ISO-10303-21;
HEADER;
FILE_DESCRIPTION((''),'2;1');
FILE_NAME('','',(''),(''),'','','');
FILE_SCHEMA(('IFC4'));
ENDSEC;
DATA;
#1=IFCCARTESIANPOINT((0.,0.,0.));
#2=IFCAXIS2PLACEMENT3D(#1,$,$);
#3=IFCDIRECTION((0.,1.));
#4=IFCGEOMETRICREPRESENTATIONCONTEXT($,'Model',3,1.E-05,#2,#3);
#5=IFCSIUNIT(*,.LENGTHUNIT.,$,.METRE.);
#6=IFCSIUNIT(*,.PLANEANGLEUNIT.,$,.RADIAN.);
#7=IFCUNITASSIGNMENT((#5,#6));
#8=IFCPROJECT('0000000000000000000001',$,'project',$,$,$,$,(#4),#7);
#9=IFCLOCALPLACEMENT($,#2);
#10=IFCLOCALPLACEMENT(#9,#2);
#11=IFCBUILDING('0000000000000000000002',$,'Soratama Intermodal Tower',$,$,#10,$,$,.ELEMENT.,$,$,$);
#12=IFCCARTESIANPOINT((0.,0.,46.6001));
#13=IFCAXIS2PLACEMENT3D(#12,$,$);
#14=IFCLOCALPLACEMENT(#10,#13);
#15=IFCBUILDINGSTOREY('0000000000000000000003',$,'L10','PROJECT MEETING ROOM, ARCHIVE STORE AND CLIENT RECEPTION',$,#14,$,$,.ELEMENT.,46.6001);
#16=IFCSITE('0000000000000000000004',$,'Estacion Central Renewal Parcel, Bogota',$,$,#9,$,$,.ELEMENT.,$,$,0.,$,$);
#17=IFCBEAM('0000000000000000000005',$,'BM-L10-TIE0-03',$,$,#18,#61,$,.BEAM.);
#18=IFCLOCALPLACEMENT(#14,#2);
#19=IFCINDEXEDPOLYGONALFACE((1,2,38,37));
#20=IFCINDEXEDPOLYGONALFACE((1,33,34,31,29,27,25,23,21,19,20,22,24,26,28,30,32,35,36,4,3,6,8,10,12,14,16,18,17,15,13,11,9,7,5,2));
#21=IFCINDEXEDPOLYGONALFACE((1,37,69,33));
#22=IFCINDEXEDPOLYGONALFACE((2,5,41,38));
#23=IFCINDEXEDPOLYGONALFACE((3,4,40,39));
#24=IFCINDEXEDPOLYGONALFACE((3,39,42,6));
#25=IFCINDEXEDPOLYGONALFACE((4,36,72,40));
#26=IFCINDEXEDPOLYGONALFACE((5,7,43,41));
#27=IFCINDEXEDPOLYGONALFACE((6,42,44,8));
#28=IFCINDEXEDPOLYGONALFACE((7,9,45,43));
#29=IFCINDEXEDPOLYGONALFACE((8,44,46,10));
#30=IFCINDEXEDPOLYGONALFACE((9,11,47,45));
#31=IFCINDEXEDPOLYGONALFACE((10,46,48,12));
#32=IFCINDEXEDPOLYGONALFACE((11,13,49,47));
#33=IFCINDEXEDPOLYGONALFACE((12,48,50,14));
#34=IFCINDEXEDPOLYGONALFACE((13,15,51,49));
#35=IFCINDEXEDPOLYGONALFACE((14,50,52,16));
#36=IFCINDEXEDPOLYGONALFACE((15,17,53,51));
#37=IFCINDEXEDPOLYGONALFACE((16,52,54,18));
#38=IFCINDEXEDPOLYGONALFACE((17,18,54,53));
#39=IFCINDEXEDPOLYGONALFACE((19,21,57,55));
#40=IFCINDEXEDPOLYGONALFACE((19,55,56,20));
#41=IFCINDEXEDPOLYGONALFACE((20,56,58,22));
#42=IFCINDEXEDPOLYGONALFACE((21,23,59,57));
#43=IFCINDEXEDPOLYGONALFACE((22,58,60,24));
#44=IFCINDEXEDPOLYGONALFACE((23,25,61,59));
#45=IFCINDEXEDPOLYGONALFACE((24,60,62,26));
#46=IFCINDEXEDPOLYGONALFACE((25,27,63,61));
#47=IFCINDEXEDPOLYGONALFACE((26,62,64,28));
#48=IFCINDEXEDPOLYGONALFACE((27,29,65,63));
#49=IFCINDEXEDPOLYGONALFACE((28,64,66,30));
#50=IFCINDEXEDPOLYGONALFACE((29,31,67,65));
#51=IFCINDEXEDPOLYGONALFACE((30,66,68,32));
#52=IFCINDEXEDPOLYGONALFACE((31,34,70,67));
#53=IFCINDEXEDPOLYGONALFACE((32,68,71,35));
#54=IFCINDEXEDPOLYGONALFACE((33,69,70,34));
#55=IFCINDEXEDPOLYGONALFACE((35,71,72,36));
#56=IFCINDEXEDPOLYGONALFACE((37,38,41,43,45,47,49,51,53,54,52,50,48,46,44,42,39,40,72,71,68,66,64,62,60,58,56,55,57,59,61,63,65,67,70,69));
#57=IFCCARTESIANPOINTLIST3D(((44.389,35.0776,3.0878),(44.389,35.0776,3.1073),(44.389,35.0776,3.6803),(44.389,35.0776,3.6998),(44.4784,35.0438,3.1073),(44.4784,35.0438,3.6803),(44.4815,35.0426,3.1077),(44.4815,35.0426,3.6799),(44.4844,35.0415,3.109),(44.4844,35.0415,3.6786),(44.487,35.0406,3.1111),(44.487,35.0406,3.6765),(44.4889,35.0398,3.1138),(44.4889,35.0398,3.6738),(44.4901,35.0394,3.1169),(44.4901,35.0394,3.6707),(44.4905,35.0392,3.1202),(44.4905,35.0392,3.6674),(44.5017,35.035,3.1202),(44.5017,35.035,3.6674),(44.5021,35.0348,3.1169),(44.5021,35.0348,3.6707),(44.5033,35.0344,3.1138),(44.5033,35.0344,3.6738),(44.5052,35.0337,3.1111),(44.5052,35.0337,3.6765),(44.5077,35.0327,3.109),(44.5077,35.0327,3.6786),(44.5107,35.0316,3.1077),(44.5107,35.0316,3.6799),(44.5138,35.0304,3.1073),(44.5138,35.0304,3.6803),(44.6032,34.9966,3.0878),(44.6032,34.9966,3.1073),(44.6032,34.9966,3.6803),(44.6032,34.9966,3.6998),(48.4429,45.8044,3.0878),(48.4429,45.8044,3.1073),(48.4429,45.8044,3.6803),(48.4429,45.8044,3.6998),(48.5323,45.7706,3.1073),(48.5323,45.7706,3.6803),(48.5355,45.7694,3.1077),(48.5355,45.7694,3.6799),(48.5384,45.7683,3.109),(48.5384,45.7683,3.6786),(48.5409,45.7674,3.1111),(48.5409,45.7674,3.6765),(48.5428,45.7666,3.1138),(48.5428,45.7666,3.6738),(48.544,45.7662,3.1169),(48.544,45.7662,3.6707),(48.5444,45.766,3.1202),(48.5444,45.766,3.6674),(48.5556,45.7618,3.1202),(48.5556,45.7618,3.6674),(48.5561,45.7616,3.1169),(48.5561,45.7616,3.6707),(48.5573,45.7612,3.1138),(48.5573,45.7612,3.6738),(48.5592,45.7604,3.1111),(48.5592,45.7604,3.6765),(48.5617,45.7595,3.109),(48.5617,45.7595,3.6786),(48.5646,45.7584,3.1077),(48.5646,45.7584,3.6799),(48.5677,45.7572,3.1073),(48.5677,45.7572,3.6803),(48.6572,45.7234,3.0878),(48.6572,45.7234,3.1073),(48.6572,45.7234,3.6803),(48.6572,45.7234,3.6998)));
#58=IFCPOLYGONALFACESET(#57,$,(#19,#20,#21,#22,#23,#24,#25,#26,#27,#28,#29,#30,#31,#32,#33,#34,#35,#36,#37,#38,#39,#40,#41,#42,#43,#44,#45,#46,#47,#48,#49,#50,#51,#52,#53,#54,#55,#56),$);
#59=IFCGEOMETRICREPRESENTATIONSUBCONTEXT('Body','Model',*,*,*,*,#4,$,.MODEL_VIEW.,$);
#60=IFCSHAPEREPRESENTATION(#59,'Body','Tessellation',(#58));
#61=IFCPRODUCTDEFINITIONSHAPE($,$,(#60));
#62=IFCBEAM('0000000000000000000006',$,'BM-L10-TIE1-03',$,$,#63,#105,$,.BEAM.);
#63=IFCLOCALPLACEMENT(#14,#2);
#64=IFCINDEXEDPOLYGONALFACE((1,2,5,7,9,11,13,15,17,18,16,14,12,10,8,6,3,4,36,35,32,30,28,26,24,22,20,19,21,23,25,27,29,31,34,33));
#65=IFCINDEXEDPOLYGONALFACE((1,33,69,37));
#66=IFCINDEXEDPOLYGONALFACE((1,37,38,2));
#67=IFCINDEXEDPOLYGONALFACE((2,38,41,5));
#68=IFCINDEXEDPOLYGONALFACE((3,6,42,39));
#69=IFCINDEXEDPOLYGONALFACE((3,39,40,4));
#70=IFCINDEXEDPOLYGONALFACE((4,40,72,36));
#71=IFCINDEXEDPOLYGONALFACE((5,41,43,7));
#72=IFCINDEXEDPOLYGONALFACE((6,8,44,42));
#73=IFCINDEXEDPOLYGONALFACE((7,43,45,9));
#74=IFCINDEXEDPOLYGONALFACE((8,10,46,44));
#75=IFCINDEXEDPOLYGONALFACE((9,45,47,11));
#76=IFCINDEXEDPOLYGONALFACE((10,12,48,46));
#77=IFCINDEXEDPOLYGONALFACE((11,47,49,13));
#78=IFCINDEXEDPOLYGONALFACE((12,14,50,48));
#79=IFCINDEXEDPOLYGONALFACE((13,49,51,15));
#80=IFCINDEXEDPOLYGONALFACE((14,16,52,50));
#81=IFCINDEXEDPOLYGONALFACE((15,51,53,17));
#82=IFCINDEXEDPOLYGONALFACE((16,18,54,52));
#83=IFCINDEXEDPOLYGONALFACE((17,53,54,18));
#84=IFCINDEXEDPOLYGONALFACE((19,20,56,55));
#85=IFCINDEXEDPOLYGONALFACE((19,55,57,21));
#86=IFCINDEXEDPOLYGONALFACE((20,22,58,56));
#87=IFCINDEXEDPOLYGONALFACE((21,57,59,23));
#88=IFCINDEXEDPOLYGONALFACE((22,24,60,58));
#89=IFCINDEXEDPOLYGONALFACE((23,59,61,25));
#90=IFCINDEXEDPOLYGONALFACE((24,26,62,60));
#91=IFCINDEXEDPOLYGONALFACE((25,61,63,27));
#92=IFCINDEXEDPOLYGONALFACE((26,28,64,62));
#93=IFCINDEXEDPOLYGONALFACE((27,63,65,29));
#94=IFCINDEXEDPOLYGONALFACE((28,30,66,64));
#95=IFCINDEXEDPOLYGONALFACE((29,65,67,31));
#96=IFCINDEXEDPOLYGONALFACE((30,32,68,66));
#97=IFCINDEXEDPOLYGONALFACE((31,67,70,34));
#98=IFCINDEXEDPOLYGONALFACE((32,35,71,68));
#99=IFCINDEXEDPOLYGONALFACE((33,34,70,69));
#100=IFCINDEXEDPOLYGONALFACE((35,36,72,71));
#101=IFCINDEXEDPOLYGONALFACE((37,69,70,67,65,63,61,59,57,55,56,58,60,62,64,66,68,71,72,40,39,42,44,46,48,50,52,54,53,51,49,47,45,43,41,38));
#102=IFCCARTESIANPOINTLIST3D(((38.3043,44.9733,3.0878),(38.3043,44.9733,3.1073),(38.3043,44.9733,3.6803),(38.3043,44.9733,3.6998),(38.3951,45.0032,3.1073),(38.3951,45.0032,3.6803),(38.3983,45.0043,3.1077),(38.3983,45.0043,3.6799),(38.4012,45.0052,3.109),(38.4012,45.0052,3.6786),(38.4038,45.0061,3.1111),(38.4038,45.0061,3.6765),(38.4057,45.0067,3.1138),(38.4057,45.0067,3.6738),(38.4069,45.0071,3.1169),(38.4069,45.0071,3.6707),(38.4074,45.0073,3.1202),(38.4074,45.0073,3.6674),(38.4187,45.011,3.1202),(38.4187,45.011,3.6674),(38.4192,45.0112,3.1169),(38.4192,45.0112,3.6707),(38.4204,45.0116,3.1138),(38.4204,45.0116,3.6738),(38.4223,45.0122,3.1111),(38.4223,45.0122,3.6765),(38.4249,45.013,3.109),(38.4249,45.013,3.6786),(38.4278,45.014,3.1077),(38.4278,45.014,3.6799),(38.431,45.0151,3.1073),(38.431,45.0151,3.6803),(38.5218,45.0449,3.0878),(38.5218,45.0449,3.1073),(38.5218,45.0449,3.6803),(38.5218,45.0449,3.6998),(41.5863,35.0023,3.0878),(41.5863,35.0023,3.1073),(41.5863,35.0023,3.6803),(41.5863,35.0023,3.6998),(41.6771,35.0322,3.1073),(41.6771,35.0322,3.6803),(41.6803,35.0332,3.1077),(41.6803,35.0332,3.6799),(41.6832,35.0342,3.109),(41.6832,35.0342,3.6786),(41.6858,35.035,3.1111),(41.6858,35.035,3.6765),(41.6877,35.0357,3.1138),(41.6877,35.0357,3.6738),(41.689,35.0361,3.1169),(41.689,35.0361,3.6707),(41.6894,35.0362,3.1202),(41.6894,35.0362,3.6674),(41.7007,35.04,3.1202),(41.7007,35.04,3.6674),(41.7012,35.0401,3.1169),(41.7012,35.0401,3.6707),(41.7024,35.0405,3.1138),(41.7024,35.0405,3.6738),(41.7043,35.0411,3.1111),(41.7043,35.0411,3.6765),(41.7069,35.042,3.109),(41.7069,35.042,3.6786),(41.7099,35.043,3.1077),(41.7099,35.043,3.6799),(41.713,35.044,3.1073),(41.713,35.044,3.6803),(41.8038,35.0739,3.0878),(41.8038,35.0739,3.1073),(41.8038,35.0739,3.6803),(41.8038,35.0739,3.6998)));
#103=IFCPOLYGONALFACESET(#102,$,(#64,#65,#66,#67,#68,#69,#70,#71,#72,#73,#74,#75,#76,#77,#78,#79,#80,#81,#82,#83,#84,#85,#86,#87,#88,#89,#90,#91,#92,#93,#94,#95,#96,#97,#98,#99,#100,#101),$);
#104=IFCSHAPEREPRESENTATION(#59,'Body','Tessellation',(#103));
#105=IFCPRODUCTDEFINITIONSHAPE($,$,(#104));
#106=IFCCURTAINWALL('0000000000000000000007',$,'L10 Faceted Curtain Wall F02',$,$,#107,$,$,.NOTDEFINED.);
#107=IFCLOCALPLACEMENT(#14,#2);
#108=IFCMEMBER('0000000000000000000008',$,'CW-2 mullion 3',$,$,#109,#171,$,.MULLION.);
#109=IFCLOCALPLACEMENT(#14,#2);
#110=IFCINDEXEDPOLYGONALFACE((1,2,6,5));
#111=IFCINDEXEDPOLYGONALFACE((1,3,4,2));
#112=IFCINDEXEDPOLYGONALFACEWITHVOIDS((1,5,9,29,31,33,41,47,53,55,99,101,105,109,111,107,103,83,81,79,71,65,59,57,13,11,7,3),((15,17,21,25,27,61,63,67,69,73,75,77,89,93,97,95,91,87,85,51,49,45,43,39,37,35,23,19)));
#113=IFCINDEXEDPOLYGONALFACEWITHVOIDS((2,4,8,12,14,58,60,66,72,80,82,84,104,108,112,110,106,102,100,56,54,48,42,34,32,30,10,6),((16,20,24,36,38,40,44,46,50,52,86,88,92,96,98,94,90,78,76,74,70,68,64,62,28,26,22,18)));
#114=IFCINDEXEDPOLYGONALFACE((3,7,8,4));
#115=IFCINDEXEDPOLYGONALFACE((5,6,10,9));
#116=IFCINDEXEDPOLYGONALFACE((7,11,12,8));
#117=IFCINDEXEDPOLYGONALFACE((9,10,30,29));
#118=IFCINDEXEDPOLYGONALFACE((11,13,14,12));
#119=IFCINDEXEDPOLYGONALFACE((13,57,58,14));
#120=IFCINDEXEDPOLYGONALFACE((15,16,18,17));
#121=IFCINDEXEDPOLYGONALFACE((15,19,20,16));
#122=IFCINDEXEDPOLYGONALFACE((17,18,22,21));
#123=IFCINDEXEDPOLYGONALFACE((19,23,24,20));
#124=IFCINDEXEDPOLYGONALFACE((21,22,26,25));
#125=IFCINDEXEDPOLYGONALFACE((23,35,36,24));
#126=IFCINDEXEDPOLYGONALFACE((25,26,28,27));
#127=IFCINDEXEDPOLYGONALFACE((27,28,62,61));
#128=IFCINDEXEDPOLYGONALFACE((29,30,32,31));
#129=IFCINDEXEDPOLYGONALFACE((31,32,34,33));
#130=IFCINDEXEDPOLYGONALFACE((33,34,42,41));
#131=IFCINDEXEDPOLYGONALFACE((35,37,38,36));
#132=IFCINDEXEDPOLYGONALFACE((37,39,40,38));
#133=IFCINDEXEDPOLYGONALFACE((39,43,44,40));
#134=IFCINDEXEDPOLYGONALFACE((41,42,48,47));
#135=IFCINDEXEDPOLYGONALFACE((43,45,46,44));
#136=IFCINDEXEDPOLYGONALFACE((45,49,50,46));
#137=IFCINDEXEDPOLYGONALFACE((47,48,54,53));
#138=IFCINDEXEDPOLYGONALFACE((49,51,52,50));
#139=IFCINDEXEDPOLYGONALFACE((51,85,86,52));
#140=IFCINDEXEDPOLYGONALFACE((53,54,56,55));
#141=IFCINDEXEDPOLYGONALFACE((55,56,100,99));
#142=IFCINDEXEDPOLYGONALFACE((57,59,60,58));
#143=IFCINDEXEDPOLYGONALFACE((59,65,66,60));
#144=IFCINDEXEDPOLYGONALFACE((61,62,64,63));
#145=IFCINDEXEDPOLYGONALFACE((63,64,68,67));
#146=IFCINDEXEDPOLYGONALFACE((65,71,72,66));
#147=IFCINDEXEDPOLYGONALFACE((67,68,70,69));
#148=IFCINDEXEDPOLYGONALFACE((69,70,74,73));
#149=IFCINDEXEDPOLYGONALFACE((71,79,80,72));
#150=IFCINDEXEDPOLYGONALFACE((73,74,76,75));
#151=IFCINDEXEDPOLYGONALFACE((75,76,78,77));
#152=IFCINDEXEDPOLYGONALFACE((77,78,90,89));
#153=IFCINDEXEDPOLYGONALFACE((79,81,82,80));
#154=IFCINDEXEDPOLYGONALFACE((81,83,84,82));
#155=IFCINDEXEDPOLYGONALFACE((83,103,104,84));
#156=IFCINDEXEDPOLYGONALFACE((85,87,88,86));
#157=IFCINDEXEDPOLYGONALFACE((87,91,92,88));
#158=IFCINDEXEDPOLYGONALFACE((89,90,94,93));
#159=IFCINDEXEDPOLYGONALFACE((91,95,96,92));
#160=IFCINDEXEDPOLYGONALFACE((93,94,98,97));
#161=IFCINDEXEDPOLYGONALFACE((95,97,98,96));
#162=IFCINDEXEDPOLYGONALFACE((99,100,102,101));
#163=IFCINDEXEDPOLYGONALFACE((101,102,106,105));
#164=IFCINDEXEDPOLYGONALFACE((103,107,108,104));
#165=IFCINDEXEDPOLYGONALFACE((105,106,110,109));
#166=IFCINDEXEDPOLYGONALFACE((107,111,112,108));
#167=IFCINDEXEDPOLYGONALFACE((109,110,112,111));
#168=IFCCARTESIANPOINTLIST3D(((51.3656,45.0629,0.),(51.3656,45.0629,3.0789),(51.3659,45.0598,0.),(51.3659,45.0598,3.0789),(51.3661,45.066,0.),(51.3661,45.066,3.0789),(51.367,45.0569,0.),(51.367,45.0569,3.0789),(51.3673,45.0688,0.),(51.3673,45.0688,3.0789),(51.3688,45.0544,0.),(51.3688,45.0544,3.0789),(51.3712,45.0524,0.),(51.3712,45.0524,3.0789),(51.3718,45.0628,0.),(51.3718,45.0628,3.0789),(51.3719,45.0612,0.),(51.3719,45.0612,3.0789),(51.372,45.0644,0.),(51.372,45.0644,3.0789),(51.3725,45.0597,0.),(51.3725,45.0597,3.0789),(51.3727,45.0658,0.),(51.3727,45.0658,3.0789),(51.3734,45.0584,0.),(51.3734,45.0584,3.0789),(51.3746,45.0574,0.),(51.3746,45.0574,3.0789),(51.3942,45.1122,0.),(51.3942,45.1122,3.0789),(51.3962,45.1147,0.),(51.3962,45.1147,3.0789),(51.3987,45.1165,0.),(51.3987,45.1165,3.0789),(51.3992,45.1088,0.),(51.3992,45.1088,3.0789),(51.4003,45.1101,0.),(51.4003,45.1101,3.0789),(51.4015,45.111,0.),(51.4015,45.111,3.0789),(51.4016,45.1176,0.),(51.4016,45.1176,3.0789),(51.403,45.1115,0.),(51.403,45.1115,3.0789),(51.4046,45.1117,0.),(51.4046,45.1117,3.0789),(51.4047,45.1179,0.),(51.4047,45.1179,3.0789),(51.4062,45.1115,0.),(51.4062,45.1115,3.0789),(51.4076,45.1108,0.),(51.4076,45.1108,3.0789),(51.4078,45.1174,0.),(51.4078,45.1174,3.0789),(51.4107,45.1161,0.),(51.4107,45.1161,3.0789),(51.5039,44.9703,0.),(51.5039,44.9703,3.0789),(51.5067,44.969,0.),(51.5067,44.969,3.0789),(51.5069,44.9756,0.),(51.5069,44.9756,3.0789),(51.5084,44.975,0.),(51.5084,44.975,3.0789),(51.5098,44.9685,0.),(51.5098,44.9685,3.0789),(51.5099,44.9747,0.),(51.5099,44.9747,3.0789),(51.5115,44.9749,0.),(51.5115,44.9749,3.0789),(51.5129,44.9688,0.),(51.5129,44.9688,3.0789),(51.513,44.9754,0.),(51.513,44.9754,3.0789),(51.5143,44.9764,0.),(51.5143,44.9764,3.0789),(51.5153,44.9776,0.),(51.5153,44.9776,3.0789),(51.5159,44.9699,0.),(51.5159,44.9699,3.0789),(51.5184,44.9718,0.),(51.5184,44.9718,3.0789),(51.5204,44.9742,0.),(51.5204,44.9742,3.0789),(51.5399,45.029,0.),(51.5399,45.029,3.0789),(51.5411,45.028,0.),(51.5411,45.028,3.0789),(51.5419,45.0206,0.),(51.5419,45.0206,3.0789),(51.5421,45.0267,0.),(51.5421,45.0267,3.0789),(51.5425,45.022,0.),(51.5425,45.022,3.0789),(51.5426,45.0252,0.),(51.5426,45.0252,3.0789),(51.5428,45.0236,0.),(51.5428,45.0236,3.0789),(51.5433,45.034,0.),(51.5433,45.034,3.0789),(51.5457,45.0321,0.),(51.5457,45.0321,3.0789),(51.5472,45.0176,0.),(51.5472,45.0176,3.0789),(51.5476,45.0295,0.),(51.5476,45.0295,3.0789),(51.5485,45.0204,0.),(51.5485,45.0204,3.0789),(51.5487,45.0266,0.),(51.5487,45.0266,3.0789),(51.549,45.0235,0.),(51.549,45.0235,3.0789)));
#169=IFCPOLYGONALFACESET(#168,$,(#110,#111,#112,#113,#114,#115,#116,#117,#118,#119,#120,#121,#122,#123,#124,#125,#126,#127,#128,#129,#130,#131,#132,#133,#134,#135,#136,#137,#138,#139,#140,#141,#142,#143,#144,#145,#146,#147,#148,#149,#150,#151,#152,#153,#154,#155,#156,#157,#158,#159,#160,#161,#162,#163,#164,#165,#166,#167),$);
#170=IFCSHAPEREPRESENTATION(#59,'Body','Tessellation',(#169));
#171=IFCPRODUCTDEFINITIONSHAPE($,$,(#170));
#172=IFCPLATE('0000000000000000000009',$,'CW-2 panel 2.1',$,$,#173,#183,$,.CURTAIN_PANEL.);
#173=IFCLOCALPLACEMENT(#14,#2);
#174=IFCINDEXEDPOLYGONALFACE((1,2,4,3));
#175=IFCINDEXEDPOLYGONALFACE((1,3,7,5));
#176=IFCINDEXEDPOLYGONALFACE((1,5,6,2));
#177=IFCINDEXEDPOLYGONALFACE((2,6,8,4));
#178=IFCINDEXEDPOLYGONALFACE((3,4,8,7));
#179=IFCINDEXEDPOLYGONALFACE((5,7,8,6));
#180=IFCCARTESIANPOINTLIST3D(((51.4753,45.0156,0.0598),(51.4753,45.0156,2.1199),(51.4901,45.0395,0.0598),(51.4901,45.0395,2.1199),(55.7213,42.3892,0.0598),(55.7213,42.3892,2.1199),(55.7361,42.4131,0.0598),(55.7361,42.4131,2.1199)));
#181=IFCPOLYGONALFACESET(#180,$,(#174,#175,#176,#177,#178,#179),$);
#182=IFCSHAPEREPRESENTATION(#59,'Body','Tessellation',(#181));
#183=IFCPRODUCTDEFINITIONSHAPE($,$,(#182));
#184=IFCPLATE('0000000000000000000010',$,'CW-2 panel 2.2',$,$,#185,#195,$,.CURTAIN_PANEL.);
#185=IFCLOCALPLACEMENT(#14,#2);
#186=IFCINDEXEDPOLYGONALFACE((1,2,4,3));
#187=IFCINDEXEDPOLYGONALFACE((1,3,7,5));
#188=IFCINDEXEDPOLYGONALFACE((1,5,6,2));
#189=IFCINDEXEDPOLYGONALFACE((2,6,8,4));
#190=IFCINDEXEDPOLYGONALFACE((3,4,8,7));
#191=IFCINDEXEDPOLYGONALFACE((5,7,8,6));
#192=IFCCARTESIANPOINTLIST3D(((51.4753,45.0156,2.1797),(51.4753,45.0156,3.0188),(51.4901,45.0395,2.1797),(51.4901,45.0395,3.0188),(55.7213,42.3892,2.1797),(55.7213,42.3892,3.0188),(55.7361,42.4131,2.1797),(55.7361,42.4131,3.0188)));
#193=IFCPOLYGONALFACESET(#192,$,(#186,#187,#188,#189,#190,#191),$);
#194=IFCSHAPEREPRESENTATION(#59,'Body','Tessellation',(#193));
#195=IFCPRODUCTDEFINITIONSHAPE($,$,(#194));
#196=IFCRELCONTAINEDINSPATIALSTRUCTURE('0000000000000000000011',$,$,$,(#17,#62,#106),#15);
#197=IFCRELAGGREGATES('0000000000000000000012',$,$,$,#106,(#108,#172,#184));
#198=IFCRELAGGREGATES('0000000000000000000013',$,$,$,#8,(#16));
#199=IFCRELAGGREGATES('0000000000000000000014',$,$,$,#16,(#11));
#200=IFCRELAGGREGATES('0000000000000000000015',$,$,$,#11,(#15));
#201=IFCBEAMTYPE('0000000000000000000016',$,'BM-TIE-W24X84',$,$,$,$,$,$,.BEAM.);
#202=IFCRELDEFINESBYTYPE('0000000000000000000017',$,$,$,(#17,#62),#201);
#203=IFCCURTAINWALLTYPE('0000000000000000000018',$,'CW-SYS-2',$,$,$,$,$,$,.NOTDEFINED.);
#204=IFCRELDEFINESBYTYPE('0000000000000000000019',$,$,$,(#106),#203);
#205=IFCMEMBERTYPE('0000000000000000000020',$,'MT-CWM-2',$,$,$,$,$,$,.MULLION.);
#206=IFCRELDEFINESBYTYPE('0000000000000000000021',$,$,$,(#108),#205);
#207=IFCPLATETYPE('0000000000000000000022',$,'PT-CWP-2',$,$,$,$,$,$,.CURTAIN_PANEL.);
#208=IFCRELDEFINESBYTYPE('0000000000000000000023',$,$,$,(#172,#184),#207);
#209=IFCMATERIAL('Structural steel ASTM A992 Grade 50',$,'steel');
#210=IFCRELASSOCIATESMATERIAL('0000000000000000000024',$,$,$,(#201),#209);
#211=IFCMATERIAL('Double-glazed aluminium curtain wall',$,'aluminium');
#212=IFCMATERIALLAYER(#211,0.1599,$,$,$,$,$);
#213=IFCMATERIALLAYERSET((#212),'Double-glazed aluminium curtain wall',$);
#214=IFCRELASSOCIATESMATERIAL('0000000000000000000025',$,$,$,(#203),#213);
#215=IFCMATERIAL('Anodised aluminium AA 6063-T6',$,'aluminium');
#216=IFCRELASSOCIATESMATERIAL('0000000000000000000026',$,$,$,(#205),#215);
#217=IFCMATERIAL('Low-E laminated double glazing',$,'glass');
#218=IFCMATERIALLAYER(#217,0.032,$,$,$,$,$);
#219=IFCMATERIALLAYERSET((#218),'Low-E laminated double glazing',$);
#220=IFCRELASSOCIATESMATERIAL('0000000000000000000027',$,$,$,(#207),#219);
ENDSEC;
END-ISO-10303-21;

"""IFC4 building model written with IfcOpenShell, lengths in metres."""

from ifc_helpers import new_model, si_unit, direction, frame, origin, origin_2d, place, context, subcontext, project, spatial, rectangle, hollow_rectangle, i_section, extrude, material, layer, layer_set, material_profile, profile_set, type_object, element, aggregate, save


model = new_model("IFC4")

# Units and contexts
model_context = context("Model", 3, precision=1e-05, world=origin(), true_north=direction((0.0, 1.0)))
body_context = subcontext(model_context, "Body", "Model", "MODEL_VIEW")
ifc_project = project(units=[si_unit("LENGTHUNIT", "METRE"), si_unit("PLANEANGLEUNIT", "RADIAN")], contexts=[model_context])

# Site, building, storey
site_placement = place(None, origin())
site = spatial("IfcSite", under=ifc_project, at=site_placement, Name="Estacion Central Renewal Parcel, Bogota", CompositionType="ELEMENT", RefElevation=0.0)
building_placement = place(site_placement, origin())
building = spatial("IfcBuilding", under=site, at=building_placement, Name="Soratama Intermodal Tower", CompositionType="ELEMENT")
storey_placement = place(building_placement, frame((0.0, 0.0, 46.6001)))
storey = spatial("IfcBuildingStorey", under=building, at=storey_placement, Name="L10", Description="PROJECT MEETING ROOM, ARCHIVE STORE AND CLIENT RECEPTION", CompositionType="ELEMENT", Elevation=46.6001)

# Beams
ifc_material_1 = material(Name="Structural steel ASTM A992 Grade 50", Category="steel")
ifc_material_profile_1 = material_profile(ifc_material_1, i_section(OverallWidth=0.229, OverallDepth=0.6121, WebThickness=0.012, FlangeThickness=0.0195, FilletRadius=0.0129, at=origin_2d()), Name="W24X84")
ifc_profile_set_1 = profile_set([ifc_material_profile_1], Name="Structural steel ASTM A992 Grade 50")
beam_type_1 = type_object("IfcBeamType", Name="BM-TIE-W24X84", PredefinedType="BEAM", material=ifc_profile_set_1)
beam_1_placement = place(storey_placement, frame((44.4961, 35.0371, 3.3938), z_axis=(0.353523, 0.935426, 0.0), x_axis=(-0.935426, 0.353523, 0.0)))
element("IfcBeam", 1, at=beam_1_placement, inside=storey, type_object=beam_type_1, Name="BM-L10-TIE0-03", PredefinedType="BEAM", context=body_context, shape_type="SweptSolid", body=[
    extrude(i_section(OverallWidth=0.229, OverallDepth=0.6121, WebThickness=0.012, FlangeThickness=0.0195, FilletRadius=0.0129, at=origin_2d()), origin(), (0.0, 0.0, 1.0), 11.4673),
])
beam_2_placement = place(storey_placement, frame((41.6951, 35.0381, 3.3938), z_axis=(-0.312653, 0.949867, 0.0), x_axis=(-0.949867, -0.312653, 0.0)))
element("IfcBeam", 2, at=beam_2_placement, inside=storey, type_object=beam_type_1, Name="BM-L10-TIE1-03", PredefinedType="BEAM", context=body_context, shape_type="SweptSolid", body=[
    extrude(i_section(OverallWidth=0.229, OverallDepth=0.6121, WebThickness=0.012, FlangeThickness=0.0195, FilletRadius=0.0129, at=origin_2d()), origin(), (0.0, 0.0, 1.0), 10.4973),
])

# Curtain wall, member, plates
ifc_material_2 = material(Name="Double-glazed aluminium curtain wall", Category="aluminium")
ifc_layer_1 = layer(ifc_material_2, 0.1599)
ifc_layer_set_1 = layer_set([ifc_layer_1], Name="Double-glazed aluminium curtain wall")
curtain_wall_type = type_object("IfcCurtainWallType", Name="CW-SYS-2", PredefinedType="NOTDEFINED", material=ifc_layer_set_1)
curtain_wall_placement = place(storey_placement, origin())
curtain_wall = element("IfcCurtainWall", 3, at=curtain_wall_placement, inside=storey, type_object=curtain_wall_type, Name="L10 Faceted Curtain Wall F02", PredefinedType="NOTDEFINED")
ifc_material_3 = material(Name="Anodised aluminium AA 6063-T6", Category="aluminium")
ifc_material_profile_2 = material_profile(ifc_material_3, hollow_rectangle(XDim=0.075, YDim=0.1799, WallThickness=0.0061, InnerFilletRadius=0.0061, OuterFilletRadius=0.012, at=origin_2d()), Name="CWM180X75X6")
ifc_profile_set_2 = profile_set([ifc_material_profile_2], Name="Anodised aluminium AA 6063-T6")
member_type = type_object("IfcMemberType", Name="MT-CWM-2", PredefinedType="MULLION", material=ifc_profile_set_2)
member_placement = place(storey_placement, frame((51.4573, 45.0432, 0.0), z_axis=(0.0, 0.0, 1.0), x_axis=(-0.526058, -0.850449, 0.0)))
member = element("IfcMember", 4, at=member_placement, type_object=member_type, Name="CW-2 mullion 3", PredefinedType="MULLION", context=body_context, shape_type="SweptSolid", body=[
    extrude(hollow_rectangle(XDim=0.075, YDim=0.1799, WallThickness=0.0061, InnerFilletRadius=0.0061, OuterFilletRadius=0.012, at=origin_2d()), origin(), (0.0, 0.0, 1.0), 3.0789),
])
ifc_material_4 = material(Name="Low-E laminated double glazing", Category="glass")
ifc_layer_2 = layer(ifc_material_4, 0.032)
ifc_layer_set_2 = layer_set([ifc_layer_2], Name="Low-E laminated double glazing")
plate_type = type_object("IfcPlateType", Name="PT-CWP-2", PredefinedType="CURTAIN_PANEL", material=ifc_layer_set_2)
plate_1_placement = place(storey_placement, frame((53.6057, 43.7144, 0.0598), z_axis=(0.0, 0.0, 1.0), x_axis=(-0.850449, 0.526058, 0.0)))
plate_1 = element("IfcPlate", 5, at=plate_1_placement, type_object=plate_type, Name="CW-2 panel 2.1", PredefinedType="CURTAIN_PANEL", context=body_context, shape_type="SweptSolid", body=[
    extrude(rectangle(XDim=4.9927, YDim=0.0281, at=origin_2d()), origin(), (0.0, 0.0, 1.0), 2.0601),
])
plate_2_placement = place(storey_placement, frame((53.6057, 43.7144, 2.1797), z_axis=(0.0, 0.0, 1.0), x_axis=(-0.850449, 0.526058, 0.0)))
plate_2 = element("IfcPlate", 6, at=plate_2_placement, type_object=plate_type, Name="CW-2 panel 2.2", PredefinedType="CURTAIN_PANEL", context=body_context, shape_type="SweptSolid", body=[
    extrude(rectangle(XDim=4.9927, YDim=0.0281, at=origin_2d()), origin(), (0.0, 0.0, 1.0), 0.8391),
])
aggregate(curtain_wall, [member, plate_1, plate_2])

save(model, "model.ifc")
